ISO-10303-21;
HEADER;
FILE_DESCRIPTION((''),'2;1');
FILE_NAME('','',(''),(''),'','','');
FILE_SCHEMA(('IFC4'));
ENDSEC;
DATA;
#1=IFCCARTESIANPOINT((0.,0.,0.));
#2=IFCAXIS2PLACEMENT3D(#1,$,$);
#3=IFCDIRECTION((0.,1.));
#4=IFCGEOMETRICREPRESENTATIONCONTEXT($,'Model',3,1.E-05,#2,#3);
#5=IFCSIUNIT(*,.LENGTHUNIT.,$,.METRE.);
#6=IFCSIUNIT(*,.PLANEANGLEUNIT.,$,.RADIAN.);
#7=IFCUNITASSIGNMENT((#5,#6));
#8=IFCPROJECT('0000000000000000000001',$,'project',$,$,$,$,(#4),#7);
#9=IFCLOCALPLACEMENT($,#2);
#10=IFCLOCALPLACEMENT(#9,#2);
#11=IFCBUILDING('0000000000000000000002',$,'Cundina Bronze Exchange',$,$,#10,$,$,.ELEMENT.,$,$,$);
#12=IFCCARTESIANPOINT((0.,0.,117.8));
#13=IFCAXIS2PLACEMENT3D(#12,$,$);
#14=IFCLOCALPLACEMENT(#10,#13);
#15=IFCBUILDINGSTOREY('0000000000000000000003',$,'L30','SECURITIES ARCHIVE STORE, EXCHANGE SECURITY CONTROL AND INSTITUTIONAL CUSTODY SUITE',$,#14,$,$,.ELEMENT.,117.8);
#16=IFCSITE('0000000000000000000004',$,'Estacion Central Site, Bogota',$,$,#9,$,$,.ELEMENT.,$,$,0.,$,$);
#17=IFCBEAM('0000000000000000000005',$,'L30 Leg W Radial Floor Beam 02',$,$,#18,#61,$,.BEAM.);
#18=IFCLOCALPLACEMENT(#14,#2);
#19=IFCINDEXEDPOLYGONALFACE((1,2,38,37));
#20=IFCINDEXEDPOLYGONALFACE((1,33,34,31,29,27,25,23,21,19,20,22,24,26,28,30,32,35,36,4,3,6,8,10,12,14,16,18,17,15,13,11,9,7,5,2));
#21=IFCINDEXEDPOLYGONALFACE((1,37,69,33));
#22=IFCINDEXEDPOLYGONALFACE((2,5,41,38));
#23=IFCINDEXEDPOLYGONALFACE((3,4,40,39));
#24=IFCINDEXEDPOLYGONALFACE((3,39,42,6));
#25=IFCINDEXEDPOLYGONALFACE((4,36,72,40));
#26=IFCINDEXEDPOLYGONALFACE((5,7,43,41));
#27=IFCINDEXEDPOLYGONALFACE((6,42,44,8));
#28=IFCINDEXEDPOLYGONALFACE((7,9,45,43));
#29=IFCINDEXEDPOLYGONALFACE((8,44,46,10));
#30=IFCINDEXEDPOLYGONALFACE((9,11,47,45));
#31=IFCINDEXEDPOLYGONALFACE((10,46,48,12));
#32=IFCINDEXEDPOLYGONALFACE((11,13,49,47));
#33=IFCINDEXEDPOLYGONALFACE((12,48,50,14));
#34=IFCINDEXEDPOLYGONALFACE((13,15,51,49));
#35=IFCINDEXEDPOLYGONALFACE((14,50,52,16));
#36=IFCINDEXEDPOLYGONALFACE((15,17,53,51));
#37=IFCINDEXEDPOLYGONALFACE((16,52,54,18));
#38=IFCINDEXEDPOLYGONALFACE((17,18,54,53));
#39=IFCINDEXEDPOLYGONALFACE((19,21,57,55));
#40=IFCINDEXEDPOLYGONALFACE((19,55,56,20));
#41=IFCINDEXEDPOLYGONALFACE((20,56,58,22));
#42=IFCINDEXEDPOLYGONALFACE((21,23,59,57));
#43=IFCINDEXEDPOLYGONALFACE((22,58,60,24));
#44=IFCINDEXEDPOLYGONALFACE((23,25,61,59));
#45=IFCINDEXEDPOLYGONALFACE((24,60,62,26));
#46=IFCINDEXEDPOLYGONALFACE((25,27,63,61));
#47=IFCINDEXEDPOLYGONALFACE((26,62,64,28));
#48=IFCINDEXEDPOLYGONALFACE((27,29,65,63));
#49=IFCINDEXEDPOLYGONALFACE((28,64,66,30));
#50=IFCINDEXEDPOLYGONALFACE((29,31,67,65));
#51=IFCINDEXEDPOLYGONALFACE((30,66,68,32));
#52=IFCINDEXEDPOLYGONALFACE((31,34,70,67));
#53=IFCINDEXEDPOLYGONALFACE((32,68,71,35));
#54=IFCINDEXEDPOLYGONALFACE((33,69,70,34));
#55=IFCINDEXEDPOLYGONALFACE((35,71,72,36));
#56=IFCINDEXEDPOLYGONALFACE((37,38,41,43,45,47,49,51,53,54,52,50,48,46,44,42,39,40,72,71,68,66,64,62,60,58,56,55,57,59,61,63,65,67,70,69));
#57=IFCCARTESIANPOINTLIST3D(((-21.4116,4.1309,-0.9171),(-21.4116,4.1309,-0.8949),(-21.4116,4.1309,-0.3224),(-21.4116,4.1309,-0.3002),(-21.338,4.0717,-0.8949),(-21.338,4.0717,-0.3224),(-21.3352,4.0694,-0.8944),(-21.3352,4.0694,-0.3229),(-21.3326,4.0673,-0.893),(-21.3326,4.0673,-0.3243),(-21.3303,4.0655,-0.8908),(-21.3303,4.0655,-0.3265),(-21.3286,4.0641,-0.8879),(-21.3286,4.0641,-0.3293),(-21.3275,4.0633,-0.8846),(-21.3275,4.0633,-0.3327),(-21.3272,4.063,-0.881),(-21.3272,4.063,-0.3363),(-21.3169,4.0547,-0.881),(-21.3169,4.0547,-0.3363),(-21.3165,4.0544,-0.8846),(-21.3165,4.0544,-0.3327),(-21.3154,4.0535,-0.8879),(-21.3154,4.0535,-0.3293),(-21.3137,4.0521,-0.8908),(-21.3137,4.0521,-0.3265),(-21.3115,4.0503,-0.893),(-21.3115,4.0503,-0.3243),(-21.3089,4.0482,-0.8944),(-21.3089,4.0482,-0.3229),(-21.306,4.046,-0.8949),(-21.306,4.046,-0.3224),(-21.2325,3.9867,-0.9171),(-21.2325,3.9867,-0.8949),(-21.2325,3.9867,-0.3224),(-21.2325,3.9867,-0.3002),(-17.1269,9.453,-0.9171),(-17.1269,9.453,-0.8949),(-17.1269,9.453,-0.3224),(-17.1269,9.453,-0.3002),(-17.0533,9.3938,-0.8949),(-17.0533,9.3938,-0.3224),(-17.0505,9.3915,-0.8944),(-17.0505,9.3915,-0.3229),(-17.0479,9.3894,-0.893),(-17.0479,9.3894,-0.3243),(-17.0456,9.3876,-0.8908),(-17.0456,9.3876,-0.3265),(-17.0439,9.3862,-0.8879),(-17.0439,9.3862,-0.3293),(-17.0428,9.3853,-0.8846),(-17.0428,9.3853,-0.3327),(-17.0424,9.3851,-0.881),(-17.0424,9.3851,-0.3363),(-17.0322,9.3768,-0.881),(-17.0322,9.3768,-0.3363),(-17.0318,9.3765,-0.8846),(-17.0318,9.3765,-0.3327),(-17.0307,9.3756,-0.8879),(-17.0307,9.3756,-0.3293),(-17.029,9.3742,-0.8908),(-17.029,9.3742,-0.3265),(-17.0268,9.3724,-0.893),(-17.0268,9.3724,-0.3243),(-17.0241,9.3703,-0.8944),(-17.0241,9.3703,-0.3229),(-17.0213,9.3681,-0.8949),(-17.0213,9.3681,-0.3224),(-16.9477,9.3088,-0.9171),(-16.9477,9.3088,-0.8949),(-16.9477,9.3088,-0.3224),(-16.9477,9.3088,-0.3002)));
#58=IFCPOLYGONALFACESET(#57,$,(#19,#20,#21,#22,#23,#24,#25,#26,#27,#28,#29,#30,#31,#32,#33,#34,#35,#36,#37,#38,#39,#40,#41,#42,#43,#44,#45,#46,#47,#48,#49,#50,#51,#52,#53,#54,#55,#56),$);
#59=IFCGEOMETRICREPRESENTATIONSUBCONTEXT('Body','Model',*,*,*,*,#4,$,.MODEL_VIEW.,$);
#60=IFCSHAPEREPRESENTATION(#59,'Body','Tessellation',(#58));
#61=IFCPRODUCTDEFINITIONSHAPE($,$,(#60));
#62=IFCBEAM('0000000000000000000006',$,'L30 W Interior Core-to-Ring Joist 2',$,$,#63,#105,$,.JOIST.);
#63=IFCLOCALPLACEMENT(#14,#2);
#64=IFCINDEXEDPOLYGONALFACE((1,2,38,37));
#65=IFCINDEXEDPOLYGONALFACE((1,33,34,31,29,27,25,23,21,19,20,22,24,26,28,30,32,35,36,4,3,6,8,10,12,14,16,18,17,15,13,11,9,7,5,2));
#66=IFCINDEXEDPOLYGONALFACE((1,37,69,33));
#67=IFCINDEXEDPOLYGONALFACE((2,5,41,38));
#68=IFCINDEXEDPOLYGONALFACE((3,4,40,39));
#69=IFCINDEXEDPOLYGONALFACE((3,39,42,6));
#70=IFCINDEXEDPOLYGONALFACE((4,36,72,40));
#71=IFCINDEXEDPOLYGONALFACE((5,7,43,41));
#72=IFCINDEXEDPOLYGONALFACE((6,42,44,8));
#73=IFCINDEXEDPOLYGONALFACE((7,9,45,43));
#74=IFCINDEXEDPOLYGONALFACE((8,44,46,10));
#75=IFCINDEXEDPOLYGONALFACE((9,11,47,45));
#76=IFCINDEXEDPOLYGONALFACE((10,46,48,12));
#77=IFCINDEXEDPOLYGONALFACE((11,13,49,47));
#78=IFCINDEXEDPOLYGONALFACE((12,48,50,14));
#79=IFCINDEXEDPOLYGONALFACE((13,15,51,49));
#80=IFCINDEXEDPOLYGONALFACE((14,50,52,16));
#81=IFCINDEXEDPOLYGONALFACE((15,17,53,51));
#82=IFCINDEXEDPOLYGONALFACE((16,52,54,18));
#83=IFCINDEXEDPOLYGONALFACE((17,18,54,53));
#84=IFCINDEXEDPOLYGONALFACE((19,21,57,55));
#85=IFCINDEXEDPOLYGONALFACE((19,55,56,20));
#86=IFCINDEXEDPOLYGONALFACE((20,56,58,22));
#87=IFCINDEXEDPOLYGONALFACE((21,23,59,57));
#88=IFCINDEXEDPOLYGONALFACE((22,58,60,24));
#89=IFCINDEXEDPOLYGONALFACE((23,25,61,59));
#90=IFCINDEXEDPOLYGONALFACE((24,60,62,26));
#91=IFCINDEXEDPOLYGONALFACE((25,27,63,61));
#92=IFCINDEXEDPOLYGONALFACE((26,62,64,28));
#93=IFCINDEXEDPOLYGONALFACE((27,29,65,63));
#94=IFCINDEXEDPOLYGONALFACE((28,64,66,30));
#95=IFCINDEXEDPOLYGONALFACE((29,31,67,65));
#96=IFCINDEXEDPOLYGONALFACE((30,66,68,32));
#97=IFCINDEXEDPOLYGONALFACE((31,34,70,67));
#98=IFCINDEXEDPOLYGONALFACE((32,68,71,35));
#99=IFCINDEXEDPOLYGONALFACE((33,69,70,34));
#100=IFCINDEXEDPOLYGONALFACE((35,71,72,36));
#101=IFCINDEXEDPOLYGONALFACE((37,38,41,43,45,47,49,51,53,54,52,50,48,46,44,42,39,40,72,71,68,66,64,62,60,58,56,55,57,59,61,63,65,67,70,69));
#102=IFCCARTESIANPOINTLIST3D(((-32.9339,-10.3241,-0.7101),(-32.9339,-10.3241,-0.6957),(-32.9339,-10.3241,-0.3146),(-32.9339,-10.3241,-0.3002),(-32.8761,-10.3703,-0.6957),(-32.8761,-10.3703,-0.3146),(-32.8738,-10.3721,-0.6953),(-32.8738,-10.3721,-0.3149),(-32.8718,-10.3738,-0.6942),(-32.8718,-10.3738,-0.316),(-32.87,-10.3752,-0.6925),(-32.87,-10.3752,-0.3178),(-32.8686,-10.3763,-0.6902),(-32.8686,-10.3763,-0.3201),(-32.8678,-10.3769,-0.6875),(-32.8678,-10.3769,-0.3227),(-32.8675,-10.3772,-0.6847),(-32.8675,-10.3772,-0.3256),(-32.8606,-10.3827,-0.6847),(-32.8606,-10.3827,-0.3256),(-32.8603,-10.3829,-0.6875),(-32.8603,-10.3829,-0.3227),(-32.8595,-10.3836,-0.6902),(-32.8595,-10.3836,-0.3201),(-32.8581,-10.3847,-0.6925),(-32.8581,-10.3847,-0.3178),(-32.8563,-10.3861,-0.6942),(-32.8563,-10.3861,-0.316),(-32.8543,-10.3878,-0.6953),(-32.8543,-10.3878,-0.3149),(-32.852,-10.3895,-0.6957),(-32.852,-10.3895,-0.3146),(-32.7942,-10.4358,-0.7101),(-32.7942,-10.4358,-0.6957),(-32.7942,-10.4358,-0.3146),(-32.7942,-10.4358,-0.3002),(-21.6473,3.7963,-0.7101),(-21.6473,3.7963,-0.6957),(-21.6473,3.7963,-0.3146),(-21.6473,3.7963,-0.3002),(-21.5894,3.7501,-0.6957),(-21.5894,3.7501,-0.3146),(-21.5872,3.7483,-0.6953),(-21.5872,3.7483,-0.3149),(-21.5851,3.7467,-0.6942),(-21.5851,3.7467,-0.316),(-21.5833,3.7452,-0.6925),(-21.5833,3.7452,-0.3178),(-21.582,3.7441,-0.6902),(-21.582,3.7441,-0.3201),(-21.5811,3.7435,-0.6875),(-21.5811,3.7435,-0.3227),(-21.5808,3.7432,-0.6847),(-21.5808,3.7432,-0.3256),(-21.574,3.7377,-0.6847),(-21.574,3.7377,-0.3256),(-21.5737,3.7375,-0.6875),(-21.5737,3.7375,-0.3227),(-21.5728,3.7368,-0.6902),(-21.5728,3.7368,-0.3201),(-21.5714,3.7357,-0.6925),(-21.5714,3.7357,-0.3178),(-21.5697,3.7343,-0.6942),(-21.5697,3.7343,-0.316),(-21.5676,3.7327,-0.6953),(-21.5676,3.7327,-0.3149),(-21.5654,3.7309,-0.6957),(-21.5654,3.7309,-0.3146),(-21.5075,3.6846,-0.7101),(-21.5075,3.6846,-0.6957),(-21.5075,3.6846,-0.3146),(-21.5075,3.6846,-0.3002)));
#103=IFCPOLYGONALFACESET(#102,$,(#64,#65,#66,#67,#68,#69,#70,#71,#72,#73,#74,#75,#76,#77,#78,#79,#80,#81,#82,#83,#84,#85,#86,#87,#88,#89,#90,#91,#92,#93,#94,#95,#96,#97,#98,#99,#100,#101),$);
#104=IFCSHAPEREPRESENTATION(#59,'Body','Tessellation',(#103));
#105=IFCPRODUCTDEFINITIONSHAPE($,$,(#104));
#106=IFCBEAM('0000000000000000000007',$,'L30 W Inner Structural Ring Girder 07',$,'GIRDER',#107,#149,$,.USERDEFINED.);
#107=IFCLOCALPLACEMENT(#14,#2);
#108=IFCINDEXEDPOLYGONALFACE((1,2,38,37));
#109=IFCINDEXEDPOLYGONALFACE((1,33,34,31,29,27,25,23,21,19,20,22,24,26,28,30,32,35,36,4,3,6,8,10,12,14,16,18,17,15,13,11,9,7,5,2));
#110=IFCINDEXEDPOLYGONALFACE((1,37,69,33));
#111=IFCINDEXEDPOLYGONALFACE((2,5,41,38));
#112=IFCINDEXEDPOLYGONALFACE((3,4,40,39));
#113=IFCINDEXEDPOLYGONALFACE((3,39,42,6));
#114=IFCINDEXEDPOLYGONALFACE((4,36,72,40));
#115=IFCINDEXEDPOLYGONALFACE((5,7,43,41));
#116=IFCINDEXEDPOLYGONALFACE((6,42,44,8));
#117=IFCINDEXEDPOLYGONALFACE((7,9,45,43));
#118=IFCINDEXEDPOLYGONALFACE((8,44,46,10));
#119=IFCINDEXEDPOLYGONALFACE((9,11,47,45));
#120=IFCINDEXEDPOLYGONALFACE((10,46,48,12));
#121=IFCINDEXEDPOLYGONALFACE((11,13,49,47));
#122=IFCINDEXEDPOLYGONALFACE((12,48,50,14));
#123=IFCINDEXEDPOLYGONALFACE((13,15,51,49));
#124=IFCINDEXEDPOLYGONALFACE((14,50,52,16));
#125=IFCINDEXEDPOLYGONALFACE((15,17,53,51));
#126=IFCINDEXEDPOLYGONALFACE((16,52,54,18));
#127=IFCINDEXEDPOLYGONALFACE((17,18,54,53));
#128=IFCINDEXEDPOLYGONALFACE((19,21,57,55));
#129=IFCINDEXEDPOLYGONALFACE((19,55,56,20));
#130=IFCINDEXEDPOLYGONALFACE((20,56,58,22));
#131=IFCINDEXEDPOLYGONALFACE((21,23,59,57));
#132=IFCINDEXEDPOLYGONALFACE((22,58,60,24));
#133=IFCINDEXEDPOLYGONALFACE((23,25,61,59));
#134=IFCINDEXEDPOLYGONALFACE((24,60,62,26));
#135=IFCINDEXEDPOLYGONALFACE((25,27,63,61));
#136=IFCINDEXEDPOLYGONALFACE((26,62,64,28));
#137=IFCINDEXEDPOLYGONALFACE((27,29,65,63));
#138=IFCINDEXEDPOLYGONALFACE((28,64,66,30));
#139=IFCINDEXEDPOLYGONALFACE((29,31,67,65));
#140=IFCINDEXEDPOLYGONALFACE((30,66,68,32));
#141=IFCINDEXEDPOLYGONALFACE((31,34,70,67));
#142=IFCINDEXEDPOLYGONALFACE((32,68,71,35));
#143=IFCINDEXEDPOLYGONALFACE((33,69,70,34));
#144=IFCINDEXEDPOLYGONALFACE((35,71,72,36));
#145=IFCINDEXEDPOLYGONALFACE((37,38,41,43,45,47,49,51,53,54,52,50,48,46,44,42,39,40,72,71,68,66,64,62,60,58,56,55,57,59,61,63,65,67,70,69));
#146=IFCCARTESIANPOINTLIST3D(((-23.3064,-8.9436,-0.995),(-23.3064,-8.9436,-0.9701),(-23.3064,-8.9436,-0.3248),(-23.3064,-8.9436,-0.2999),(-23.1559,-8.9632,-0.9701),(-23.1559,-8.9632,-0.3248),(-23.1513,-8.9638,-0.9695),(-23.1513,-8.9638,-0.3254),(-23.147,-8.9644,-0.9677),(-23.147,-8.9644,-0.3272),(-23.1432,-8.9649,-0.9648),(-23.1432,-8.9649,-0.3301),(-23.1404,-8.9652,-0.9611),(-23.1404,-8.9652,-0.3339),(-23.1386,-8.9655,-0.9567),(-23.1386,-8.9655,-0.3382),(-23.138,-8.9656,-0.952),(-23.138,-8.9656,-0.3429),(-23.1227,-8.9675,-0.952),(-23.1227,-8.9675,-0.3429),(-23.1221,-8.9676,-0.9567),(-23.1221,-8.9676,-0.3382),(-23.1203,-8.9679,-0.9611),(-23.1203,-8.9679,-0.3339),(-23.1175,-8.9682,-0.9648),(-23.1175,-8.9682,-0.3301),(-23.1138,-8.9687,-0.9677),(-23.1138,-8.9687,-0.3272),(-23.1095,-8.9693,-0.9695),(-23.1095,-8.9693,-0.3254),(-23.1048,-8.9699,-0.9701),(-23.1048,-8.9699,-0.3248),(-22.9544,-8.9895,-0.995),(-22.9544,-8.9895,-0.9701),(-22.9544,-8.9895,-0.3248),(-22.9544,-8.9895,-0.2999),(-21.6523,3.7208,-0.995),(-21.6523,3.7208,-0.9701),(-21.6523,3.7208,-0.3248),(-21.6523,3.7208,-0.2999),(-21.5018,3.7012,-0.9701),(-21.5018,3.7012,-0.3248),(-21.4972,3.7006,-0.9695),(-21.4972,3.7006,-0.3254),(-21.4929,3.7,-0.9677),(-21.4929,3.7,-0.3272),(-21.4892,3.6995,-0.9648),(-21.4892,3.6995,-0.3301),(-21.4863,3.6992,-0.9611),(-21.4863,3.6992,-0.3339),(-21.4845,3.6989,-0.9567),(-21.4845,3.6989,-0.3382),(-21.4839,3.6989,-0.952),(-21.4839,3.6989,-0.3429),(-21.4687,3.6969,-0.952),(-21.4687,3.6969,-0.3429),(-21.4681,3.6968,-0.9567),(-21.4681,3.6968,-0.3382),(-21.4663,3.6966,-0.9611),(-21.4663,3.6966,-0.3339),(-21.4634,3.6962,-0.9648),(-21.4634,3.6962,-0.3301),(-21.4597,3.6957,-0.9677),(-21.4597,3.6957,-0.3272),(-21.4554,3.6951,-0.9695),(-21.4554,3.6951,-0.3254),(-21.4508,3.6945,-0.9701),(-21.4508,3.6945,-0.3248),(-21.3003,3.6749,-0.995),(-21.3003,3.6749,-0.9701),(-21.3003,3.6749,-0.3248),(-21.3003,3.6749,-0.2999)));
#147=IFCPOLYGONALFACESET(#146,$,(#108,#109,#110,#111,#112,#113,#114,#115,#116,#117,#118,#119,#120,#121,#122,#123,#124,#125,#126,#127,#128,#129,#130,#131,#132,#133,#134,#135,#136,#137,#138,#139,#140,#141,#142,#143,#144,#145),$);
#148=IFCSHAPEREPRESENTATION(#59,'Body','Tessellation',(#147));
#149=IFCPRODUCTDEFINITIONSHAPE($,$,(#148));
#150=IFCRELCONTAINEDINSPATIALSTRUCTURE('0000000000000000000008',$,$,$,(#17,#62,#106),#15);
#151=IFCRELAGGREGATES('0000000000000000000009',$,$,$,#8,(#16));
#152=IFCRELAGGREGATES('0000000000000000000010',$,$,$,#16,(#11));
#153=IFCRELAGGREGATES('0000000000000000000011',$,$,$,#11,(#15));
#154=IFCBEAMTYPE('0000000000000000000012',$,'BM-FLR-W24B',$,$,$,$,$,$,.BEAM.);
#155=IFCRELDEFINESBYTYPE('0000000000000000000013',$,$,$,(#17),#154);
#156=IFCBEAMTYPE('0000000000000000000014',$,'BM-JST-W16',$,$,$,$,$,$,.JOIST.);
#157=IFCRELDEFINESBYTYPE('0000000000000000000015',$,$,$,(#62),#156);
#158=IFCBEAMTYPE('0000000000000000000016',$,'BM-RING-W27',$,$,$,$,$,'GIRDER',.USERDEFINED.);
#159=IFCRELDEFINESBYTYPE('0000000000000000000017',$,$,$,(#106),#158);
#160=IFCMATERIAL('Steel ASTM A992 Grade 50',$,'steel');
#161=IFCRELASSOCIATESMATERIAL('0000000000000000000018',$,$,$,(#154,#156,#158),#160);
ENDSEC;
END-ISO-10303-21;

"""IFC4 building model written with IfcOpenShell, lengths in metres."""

from ifc_helpers import new_model, si_unit, direction, frame, origin, origin_2d, place, context, subcontext, project, spatial, i_section, extrude, material, material_profile, profile_set, type_object, element, save


model = new_model("IFC4")

# Units and contexts
model_context = context("Model", 3, precision=1e-05, world=origin(), true_north=direction((0.0, 1.0)))
body_context = subcontext(model_context, "Body", "Model", "MODEL_VIEW")
ifc_project = project(units=[si_unit("LENGTHUNIT", "METRE"), si_unit("PLANEANGLEUNIT", "RADIAN")], contexts=[model_context])

# Site, building, storey
site_placement = place(None, origin())
site = spatial("IfcSite", under=ifc_project, at=site_placement, Name="Estacion Central Site, Bogota", CompositionType="ELEMENT", RefElevation=0.0)
building_placement = place(site_placement, origin())
building = spatial("IfcBuilding", under=site, at=building_placement, Name="Cundina Bronze Exchange", CompositionType="ELEMENT")
storey_placement = place(building_placement, frame((0.0, 0.0, 117.8)))
storey = spatial("IfcBuildingStorey", under=building, at=storey_placement, Name="L30", Description="SECURITIES ARCHIVE STORE, EXCHANGE SECURITY CONTROL AND INSTITUTIONAL CUSTODY SUITE", CompositionType="ELEMENT", Elevation=117.8)

# Shared definitions
ifc_material_1 = material(Name="Steel ASTM A992 Grade 50", Category="steel")

# Beams
ifc_material_profile_1 = material_profile(ifc_material_1, i_section(OverallWidth=0.23, OverallDepth=0.6169, WebThickness=0.0132, FlangeThickness=0.0222, FilletRadius=0.0139, at=origin_2d()), Name="W24X94", Category="steel")
ifc_profile_set_1 = profile_set([ifc_material_profile_1], Name="Steel ASTM A992 Grade 50")
beam_type_1 = type_object("IfcBeamType", Name="BM-FLR-W24B", PredefinedType="BEAM", material=ifc_profile_set_1)
beam_1_placement = place(storey_placement, frame((-21.322, 4.0588, -0.6086), z_axis=(0.627106, 0.778934, 0.0), x_axis=(-0.778934, 0.627106, 0.0)))
element("IfcBeam", 1, at=beam_1_placement, inside=storey, type_object=beam_type_1, Name="L30 Leg W Radial Floor Beam 02", PredefinedType="BEAM", context=body_context, shape_type="SweptSolid", body=[
    extrude(i_section(OverallWidth=0.23, OverallDepth=0.6169, WebThickness=0.0132, FlangeThickness=0.0222, FilletRadius=0.0139, at=origin_2d()), origin(), (0.0, 0.0, 1.0), 6.8325),
])
ifc_material_profile_2 = material_profile(ifc_material_1, i_section(OverallWidth=0.179, OverallDepth=0.4099, WebThickness=0.0088, FlangeThickness=0.0144, FilletRadius=0.011, at=origin_2d()), Name="W16X45", Category="steel")
ifc_profile_set_2 = profile_set([ifc_material_profile_2], Name="Steel ASTM A992 Grade 50")
beam_type_2 = type_object("IfcBeamType", Name="BM-JST-W16", PredefinedType="JOIST", material=ifc_profile_set_2)
beam_2_placement = place(storey_placement, frame((-21.5774, 3.7405, -0.5051), z_axis=(-0.624369, -0.78113, 0.0), x_axis=(0.78113, -0.624369, 0.0)))
element("IfcBeam", 2, at=beam_2_placement, inside=storey, type_object=beam_type_2, Name="L30 W Interior Core-to-Ring Joist 2", PredefinedType="JOIST", context=body_context, shape_type="SweptSolid", body=[
    extrude(i_section(OverallWidth=0.179, OverallDepth=0.4099, WebThickness=0.0088, FlangeThickness=0.0144, FilletRadius=0.011, at=origin_2d()), origin(), (0.0, 0.0, 1.0), 18.0769),
])
ifc_material_profile_3 = material_profile(ifc_material_1, i_section(OverallWidth=0.355, OverallDepth=0.6951, WebThickness=0.0154, FlangeThickness=0.0249, FilletRadius=0.0181, at=origin_2d()), Name="W27X146", Category="steel")
ifc_profile_set_3 = profile_set([ifc_material_profile_3], Name="Steel ASTM A992 Grade 50")
beam_type_3 = type_object("IfcBeamType", Name="BM-RING-W27", ElementType="GIRDER", PredefinedType="USERDEFINED", material=ifc_profile_set_3)
beam_3_placement = place(storey_placement, frame((-23.1304, -8.9666, -0.6475), z_axis=(0.129508, 0.991578, 0.0), x_axis=(-0.991578, 0.129508, 0.0)))
element("IfcBeam", 3, at=beam_3_placement, inside=storey, type_object=beam_type_3, Name="L30 W Inner Structural Ring Girder 07", ObjectType="GIRDER", PredefinedType="USERDEFINED", context=body_context, shape_type="SweptSolid", body=[
    extrude(i_section(OverallWidth=0.355, OverallDepth=0.6951, WebThickness=0.0154, FlangeThickness=0.0249, FilletRadius=0.0181, at=origin_2d()), origin(), (0.0, 0.0, 1.0), 12.772),
])

save(model, "model.ifc")
